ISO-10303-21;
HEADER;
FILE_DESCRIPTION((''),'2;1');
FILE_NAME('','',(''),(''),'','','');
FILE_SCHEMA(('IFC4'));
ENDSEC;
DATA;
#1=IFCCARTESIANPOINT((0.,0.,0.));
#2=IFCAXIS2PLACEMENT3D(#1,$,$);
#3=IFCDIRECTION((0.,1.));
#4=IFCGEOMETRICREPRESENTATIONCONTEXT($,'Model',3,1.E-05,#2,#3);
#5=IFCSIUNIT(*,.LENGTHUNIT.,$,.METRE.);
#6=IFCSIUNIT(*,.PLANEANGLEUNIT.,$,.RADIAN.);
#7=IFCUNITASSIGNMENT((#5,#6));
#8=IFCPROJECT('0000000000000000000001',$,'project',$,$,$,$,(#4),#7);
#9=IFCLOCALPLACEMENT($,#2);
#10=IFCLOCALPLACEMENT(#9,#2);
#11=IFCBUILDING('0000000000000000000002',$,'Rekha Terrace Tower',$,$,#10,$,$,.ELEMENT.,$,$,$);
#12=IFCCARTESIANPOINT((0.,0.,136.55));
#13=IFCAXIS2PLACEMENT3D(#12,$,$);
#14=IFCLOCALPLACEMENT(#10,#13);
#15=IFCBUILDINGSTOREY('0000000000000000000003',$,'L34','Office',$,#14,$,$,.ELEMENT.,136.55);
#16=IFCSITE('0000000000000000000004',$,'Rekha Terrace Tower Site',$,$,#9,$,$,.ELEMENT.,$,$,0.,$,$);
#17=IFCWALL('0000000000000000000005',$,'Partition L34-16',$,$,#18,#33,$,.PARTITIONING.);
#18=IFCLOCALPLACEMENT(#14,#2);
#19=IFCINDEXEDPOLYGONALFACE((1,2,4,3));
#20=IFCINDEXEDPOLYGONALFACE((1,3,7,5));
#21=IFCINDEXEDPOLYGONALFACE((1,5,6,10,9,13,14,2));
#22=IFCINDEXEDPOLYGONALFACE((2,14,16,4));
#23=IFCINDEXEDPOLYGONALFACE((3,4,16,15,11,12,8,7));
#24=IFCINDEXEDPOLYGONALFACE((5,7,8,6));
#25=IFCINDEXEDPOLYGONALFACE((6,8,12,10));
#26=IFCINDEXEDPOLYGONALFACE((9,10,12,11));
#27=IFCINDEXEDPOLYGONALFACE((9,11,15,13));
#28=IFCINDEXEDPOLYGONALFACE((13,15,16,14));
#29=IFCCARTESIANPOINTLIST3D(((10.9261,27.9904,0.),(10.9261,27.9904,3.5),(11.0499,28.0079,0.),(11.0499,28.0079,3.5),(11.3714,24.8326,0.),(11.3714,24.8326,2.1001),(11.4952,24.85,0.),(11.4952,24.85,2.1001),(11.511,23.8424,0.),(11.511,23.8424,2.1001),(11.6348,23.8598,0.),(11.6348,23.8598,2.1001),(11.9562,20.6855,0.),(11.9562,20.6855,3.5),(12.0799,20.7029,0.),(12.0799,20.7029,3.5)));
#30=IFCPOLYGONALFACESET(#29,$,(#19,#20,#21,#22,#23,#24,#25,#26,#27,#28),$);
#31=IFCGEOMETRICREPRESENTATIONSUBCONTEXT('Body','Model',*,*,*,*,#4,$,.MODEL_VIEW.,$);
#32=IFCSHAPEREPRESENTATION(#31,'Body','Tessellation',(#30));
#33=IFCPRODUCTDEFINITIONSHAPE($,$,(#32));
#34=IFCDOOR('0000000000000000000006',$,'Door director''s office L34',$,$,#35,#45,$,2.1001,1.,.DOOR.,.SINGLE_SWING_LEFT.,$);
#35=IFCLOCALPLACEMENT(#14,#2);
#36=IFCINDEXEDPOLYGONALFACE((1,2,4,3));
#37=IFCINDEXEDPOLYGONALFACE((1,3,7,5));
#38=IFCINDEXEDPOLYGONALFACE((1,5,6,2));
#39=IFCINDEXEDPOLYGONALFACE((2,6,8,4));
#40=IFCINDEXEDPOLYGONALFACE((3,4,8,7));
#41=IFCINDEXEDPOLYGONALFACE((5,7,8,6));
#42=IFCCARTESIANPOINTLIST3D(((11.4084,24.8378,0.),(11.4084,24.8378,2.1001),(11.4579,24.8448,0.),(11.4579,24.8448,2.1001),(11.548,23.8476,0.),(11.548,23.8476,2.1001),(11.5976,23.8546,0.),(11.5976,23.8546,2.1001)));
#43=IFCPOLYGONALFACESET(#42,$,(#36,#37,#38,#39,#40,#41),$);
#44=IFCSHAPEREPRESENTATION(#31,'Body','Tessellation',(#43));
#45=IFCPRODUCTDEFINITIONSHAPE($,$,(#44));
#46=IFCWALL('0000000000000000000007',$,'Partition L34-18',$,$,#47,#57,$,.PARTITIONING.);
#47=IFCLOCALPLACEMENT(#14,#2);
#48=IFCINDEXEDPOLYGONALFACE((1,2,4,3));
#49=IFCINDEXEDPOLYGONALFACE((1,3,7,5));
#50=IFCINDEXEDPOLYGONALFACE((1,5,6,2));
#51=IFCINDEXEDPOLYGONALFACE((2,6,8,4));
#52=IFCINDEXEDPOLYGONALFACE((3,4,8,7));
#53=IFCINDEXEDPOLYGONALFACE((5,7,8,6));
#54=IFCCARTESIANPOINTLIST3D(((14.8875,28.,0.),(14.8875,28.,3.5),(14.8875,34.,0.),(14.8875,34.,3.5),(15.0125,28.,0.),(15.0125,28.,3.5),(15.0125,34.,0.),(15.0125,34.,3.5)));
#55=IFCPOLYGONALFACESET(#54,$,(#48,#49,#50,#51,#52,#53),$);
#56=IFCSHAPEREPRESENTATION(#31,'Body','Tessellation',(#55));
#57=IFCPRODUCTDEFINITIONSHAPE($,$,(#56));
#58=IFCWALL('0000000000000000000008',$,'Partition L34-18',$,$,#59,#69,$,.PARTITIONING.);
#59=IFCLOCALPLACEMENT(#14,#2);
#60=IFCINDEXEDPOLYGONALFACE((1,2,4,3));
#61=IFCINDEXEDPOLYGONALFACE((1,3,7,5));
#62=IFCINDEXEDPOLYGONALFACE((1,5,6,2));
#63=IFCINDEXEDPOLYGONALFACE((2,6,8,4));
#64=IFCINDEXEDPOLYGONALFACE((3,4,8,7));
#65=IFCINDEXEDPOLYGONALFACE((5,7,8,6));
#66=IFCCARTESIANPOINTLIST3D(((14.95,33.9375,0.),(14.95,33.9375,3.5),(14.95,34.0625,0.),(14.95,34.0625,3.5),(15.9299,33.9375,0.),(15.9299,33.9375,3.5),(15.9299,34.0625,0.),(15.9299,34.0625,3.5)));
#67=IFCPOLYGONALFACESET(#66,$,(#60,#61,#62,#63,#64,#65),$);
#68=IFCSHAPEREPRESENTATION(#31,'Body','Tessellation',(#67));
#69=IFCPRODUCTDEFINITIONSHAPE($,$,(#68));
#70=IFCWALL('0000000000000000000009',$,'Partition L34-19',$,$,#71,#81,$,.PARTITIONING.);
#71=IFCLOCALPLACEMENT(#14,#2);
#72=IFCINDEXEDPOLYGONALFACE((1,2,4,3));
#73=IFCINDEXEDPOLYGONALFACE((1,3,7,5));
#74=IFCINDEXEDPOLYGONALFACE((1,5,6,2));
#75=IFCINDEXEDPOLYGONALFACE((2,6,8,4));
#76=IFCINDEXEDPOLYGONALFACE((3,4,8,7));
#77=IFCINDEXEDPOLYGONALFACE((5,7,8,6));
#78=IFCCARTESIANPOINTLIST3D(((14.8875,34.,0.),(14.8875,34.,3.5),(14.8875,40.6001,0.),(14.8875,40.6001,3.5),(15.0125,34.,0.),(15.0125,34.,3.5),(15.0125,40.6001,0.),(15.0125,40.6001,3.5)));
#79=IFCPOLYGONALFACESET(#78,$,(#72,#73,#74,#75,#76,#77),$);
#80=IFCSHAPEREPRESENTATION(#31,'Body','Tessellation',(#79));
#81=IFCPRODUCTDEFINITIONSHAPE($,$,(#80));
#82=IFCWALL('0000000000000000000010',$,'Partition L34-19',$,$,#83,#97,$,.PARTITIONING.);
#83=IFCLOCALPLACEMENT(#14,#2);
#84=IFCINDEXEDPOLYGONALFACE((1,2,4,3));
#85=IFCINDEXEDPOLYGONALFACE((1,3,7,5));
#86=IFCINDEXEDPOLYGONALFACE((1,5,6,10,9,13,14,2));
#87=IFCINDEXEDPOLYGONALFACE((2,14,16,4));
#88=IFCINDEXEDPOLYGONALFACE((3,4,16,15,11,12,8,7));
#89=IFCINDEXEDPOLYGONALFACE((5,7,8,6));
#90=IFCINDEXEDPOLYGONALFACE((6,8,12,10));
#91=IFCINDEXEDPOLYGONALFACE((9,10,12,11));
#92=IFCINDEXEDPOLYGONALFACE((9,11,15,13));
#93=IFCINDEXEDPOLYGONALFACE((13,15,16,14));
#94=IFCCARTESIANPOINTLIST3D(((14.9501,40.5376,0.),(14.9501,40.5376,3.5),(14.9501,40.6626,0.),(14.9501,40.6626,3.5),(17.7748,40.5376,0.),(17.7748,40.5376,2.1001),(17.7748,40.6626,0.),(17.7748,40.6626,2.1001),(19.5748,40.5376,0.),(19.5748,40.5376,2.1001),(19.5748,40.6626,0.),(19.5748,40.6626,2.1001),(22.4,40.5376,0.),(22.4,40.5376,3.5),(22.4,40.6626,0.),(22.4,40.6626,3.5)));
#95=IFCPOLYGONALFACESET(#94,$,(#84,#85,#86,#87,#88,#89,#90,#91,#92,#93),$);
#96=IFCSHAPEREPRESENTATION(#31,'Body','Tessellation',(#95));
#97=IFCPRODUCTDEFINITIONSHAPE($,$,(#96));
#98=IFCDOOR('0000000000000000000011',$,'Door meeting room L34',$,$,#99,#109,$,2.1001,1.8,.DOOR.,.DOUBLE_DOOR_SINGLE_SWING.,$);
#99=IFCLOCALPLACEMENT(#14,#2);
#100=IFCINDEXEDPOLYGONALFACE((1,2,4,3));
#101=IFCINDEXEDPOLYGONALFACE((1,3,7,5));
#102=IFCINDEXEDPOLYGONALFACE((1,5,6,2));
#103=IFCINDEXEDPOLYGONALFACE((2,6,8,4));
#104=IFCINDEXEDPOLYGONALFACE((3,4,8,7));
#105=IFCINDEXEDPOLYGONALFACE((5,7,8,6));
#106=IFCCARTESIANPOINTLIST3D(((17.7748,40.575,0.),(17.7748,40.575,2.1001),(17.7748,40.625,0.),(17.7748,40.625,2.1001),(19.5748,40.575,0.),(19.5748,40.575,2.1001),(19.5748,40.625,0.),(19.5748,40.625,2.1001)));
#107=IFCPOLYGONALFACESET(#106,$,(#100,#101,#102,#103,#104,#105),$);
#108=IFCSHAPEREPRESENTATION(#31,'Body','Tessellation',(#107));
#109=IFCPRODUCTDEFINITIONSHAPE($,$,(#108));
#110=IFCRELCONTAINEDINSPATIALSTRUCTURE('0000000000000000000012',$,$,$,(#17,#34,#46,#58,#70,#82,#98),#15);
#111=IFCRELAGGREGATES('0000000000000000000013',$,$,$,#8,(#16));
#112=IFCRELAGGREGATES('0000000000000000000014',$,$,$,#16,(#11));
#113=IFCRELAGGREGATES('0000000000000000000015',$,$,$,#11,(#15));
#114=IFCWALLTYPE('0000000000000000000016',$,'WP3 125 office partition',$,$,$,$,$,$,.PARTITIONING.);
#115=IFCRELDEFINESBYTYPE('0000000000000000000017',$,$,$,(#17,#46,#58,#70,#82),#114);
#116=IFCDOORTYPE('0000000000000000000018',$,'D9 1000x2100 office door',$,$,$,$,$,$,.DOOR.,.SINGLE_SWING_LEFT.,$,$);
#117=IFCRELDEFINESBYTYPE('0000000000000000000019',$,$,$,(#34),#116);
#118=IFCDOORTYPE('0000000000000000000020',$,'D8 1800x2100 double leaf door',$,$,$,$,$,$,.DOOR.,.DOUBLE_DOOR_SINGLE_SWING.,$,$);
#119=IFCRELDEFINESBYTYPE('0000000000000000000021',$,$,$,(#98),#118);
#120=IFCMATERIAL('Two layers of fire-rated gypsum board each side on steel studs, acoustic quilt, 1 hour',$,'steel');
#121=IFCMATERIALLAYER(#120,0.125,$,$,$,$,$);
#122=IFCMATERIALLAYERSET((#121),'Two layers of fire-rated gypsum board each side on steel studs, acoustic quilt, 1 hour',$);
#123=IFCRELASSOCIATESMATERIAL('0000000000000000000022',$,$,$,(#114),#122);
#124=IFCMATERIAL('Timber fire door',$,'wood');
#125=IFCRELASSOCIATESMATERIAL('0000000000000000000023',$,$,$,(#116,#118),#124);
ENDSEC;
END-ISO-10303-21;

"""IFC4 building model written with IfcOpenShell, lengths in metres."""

from ifc_helpers import new_model, si_unit, direction, frame, frame_2d, origin, place, context, subcontext, project, spatial, rectangle, extrude, material, layer, layer_set, type_object, element, fill, save


model = new_model("IFC4")

# Units and contexts
model_context = context("Model", 3, precision=1e-05, world=origin(), true_north=direction((0.0, 1.0)))
body_context = subcontext(model_context, "Body", "Model", "MODEL_VIEW")
ifc_project = project(units=[si_unit("LENGTHUNIT", "METRE"), si_unit("PLANEANGLEUNIT", "RADIAN")], contexts=[model_context])

# Site, building, storey
site_placement = place(None, origin())
site = spatial("IfcSite", under=ifc_project, at=site_placement, Name="Rekha Terrace Tower Site", CompositionType="ELEMENT", RefElevation=0.0)
building_placement = place(site_placement, origin())
building = spatial("IfcBuilding", under=site, at=building_placement, Name="Rekha Terrace Tower", CompositionType="ELEMENT")
storey_placement = place(building_placement, frame((0.0, 0.0, 136.55)))
storey = spatial("IfcBuildingStorey", under=building, at=storey_placement, Name="L34", Description="Office", CompositionType="ELEMENT", Elevation=136.55)

# Shared definitions
ifc_material_1 = material(Name="Two layers of fire-rated gypsum board each side on steel studs, acoustic quilt, 1 hour", Category="steel")
ifc_layer_1 = layer(ifc_material_1, 0.125)
ifc_layer_set_1 = layer_set([ifc_layer_1], Name="Two layers of fire-rated gypsum board each side on steel studs, acoustic quilt, 1 hour")
wall_type = type_object("IfcWallType", Name="WP3 125 office partition", PredefinedType="PARTITIONING", material=ifc_layer_set_1)

# Shared definitions
ifc_material_2 = material(Name="Timber fire door", Category="wood")
door_type_1 = type_object("IfcDoorType", Name="D9 1000x2100 office door", OperationType="SINGLE_SWING_LEFT", PredefinedType="DOOR", material=ifc_material_2)

# Wall, opening, door
wall_1_placement = place(storey_placement, frame((10.988, 27.999, 0.0), z_axis=(0.0, 0.0, 1.0), x_axis=(0.139623, -0.990205, 0.0)))
wall_1 = element("IfcWall", 1, at=wall_1_placement, inside=storey, type_object=wall_type, Name="Partition L34-16", PredefinedType="PARTITIONING", context=body_context, shape_type="SweptSolid", body=[
    extrude(rectangle(XDim=7.3772, YDim=0.125, at=frame_2d((3.6885, 0.0))), origin(), (0.0, 0.0, 1.0), 3.5),
])
opening_1_placement = place(wall_1_placement, frame((3.189, 0.0, 0.0)))
opening_1 = element("IfcOpeningElement", 2, at=opening_1_placement, cuts=wall_1, PredefinedType="OPENING", context=body_context, shape_type="SweptSolid", body=[
    extrude(rectangle(XDim=1.0, YDim=2.1001, at=frame_2d((0.5, 1.05))), frame((0.0, 0.0725, 0.0), z_axis=(0.0, -1.0, 0.0), x_axis=(1.0, 0.0, 0.0)), (0.0, 0.0, 1.0), 0.145),
])
door_1_placement = place(opening_1_placement, origin())
door_1 = element("IfcDoor", 3, at=door_1_placement, inside=storey, type_object=door_type_1, Name="Door director's office L34", OperationType="SINGLE_SWING_LEFT", OverallHeight=2.1001, OverallWidth=1.0, PredefinedType="DOOR", context=body_context, shape_type="SweptSolid", body=[
    extrude(rectangle(XDim=1.0, YDim=2.1001, at=frame_2d((0.5, 1.05))), frame((0.0, 0.0249, 0.0), z_axis=(0.0, -1.0, 0.0), x_axis=(1.0, 0.0, 0.0)), (0.0, 0.0, 1.0), 0.05),
])
fill(opening_1, door_1)

# Walls
wall_2_placement = place(storey_placement, frame((14.95, 28.0, 0.0), z_axis=(0.0, 0.0, 1.0), x_axis=(0.0, 1.0, 0.0)))
element("IfcWall", 4, at=wall_2_placement, inside=storey, type_object=wall_type, Name="Partition L34-18", PredefinedType="PARTITIONING", context=body_context, shape_type="SweptSolid", body=[
    extrude(rectangle(XDim=6.0, YDim=0.125, at=frame_2d((3.0, 0.0))), origin(), (0.0, 0.0, 1.0), 3.5),
])
wall_3_placement = place(storey_placement, frame((14.95, 34.0, 0.0), z_axis=(0.0, 0.0, 1.0), x_axis=(1.0, 0.0, 0.0)))
element("IfcWall", 5, at=wall_3_placement, inside=storey, type_object=wall_type, Name="Partition L34-18", PredefinedType="PARTITIONING", context=body_context, shape_type="SweptSolid", body=[
    extrude(rectangle(XDim=0.98, YDim=0.125, at=frame_2d((0.49, 0.0))), origin(), (0.0, 0.0, 1.0), 3.5),
])
wall_4_placement = place(storey_placement, frame((14.95, 34.0, 0.0), z_axis=(0.0, 0.0, 1.0), x_axis=(0.0, 1.0, 0.0)))
element("IfcWall", 6, at=wall_4_placement, inside=storey, type_object=wall_type, Name="Partition L34-19", PredefinedType="PARTITIONING", context=body_context, shape_type="SweptSolid", body=[
    extrude(rectangle(XDim=6.6001, YDim=0.125, at=frame_2d((3.3, 0.0))), origin(), (0.0, 0.0, 1.0), 3.5),
])

# Wall, opening, door
wall_5_placement = place(storey_placement, frame((14.95, 40.6001, 0.0), z_axis=(0.0, 0.0, 1.0), x_axis=(1.0, 0.0, 0.0)))
wall_5 = element("IfcWall", 7, at=wall_5_placement, inside=storey, type_object=wall_type, Name="Partition L34-19", PredefinedType="PARTITIONING", context=body_context, shape_type="SweptSolid", body=[
    extrude(rectangle(XDim=7.45, YDim=0.125, at=frame_2d((3.7251, 0.0))), origin(), (0.0, 0.0, 1.0), 3.5),
])
opening_2_placement = place(wall_5_placement, frame((2.825, 0.0, 0.0)))
opening_2 = element("IfcOpeningElement", 8, at=opening_2_placement, cuts=wall_5, PredefinedType="OPENING", context=body_context, shape_type="SweptSolid", body=[
    extrude(rectangle(XDim=1.8, YDim=2.1001, at=frame_2d((0.8999, 1.05))), frame((0.0, 0.0725, 0.0), z_axis=(0.0, -1.0, 0.0), x_axis=(1.0, 0.0, 0.0)), (0.0, 0.0, 1.0), 0.145),
])
door_type_2 = type_object("IfcDoorType", Name="D8 1800x2100 double leaf door", OperationType="DOUBLE_DOOR_SINGLE_SWING", PredefinedType="DOOR", material=ifc_material_2)
door_2_placement = place(opening_2_placement, origin())
door_2 = element("IfcDoor", 9, at=door_2_placement, inside=storey, type_object=door_type_2, Name="Door meeting room L34", OperationType="DOUBLE_DOOR_SINGLE_SWING", OverallHeight=2.1001, OverallWidth=1.8, PredefinedType="DOOR", context=body_context, shape_type="SweptSolid", body=[
    extrude(rectangle(XDim=1.8, YDim=2.1001, at=frame_2d((0.8999, 1.05))), frame((0.0, 0.0249, 0.0), z_axis=(0.0, -1.0, 0.0), x_axis=(1.0, 0.0, 0.0)), (0.0, 0.0, 1.0), 0.05),
])
fill(opening_2, door_2)

save(model, "model.ifc")
